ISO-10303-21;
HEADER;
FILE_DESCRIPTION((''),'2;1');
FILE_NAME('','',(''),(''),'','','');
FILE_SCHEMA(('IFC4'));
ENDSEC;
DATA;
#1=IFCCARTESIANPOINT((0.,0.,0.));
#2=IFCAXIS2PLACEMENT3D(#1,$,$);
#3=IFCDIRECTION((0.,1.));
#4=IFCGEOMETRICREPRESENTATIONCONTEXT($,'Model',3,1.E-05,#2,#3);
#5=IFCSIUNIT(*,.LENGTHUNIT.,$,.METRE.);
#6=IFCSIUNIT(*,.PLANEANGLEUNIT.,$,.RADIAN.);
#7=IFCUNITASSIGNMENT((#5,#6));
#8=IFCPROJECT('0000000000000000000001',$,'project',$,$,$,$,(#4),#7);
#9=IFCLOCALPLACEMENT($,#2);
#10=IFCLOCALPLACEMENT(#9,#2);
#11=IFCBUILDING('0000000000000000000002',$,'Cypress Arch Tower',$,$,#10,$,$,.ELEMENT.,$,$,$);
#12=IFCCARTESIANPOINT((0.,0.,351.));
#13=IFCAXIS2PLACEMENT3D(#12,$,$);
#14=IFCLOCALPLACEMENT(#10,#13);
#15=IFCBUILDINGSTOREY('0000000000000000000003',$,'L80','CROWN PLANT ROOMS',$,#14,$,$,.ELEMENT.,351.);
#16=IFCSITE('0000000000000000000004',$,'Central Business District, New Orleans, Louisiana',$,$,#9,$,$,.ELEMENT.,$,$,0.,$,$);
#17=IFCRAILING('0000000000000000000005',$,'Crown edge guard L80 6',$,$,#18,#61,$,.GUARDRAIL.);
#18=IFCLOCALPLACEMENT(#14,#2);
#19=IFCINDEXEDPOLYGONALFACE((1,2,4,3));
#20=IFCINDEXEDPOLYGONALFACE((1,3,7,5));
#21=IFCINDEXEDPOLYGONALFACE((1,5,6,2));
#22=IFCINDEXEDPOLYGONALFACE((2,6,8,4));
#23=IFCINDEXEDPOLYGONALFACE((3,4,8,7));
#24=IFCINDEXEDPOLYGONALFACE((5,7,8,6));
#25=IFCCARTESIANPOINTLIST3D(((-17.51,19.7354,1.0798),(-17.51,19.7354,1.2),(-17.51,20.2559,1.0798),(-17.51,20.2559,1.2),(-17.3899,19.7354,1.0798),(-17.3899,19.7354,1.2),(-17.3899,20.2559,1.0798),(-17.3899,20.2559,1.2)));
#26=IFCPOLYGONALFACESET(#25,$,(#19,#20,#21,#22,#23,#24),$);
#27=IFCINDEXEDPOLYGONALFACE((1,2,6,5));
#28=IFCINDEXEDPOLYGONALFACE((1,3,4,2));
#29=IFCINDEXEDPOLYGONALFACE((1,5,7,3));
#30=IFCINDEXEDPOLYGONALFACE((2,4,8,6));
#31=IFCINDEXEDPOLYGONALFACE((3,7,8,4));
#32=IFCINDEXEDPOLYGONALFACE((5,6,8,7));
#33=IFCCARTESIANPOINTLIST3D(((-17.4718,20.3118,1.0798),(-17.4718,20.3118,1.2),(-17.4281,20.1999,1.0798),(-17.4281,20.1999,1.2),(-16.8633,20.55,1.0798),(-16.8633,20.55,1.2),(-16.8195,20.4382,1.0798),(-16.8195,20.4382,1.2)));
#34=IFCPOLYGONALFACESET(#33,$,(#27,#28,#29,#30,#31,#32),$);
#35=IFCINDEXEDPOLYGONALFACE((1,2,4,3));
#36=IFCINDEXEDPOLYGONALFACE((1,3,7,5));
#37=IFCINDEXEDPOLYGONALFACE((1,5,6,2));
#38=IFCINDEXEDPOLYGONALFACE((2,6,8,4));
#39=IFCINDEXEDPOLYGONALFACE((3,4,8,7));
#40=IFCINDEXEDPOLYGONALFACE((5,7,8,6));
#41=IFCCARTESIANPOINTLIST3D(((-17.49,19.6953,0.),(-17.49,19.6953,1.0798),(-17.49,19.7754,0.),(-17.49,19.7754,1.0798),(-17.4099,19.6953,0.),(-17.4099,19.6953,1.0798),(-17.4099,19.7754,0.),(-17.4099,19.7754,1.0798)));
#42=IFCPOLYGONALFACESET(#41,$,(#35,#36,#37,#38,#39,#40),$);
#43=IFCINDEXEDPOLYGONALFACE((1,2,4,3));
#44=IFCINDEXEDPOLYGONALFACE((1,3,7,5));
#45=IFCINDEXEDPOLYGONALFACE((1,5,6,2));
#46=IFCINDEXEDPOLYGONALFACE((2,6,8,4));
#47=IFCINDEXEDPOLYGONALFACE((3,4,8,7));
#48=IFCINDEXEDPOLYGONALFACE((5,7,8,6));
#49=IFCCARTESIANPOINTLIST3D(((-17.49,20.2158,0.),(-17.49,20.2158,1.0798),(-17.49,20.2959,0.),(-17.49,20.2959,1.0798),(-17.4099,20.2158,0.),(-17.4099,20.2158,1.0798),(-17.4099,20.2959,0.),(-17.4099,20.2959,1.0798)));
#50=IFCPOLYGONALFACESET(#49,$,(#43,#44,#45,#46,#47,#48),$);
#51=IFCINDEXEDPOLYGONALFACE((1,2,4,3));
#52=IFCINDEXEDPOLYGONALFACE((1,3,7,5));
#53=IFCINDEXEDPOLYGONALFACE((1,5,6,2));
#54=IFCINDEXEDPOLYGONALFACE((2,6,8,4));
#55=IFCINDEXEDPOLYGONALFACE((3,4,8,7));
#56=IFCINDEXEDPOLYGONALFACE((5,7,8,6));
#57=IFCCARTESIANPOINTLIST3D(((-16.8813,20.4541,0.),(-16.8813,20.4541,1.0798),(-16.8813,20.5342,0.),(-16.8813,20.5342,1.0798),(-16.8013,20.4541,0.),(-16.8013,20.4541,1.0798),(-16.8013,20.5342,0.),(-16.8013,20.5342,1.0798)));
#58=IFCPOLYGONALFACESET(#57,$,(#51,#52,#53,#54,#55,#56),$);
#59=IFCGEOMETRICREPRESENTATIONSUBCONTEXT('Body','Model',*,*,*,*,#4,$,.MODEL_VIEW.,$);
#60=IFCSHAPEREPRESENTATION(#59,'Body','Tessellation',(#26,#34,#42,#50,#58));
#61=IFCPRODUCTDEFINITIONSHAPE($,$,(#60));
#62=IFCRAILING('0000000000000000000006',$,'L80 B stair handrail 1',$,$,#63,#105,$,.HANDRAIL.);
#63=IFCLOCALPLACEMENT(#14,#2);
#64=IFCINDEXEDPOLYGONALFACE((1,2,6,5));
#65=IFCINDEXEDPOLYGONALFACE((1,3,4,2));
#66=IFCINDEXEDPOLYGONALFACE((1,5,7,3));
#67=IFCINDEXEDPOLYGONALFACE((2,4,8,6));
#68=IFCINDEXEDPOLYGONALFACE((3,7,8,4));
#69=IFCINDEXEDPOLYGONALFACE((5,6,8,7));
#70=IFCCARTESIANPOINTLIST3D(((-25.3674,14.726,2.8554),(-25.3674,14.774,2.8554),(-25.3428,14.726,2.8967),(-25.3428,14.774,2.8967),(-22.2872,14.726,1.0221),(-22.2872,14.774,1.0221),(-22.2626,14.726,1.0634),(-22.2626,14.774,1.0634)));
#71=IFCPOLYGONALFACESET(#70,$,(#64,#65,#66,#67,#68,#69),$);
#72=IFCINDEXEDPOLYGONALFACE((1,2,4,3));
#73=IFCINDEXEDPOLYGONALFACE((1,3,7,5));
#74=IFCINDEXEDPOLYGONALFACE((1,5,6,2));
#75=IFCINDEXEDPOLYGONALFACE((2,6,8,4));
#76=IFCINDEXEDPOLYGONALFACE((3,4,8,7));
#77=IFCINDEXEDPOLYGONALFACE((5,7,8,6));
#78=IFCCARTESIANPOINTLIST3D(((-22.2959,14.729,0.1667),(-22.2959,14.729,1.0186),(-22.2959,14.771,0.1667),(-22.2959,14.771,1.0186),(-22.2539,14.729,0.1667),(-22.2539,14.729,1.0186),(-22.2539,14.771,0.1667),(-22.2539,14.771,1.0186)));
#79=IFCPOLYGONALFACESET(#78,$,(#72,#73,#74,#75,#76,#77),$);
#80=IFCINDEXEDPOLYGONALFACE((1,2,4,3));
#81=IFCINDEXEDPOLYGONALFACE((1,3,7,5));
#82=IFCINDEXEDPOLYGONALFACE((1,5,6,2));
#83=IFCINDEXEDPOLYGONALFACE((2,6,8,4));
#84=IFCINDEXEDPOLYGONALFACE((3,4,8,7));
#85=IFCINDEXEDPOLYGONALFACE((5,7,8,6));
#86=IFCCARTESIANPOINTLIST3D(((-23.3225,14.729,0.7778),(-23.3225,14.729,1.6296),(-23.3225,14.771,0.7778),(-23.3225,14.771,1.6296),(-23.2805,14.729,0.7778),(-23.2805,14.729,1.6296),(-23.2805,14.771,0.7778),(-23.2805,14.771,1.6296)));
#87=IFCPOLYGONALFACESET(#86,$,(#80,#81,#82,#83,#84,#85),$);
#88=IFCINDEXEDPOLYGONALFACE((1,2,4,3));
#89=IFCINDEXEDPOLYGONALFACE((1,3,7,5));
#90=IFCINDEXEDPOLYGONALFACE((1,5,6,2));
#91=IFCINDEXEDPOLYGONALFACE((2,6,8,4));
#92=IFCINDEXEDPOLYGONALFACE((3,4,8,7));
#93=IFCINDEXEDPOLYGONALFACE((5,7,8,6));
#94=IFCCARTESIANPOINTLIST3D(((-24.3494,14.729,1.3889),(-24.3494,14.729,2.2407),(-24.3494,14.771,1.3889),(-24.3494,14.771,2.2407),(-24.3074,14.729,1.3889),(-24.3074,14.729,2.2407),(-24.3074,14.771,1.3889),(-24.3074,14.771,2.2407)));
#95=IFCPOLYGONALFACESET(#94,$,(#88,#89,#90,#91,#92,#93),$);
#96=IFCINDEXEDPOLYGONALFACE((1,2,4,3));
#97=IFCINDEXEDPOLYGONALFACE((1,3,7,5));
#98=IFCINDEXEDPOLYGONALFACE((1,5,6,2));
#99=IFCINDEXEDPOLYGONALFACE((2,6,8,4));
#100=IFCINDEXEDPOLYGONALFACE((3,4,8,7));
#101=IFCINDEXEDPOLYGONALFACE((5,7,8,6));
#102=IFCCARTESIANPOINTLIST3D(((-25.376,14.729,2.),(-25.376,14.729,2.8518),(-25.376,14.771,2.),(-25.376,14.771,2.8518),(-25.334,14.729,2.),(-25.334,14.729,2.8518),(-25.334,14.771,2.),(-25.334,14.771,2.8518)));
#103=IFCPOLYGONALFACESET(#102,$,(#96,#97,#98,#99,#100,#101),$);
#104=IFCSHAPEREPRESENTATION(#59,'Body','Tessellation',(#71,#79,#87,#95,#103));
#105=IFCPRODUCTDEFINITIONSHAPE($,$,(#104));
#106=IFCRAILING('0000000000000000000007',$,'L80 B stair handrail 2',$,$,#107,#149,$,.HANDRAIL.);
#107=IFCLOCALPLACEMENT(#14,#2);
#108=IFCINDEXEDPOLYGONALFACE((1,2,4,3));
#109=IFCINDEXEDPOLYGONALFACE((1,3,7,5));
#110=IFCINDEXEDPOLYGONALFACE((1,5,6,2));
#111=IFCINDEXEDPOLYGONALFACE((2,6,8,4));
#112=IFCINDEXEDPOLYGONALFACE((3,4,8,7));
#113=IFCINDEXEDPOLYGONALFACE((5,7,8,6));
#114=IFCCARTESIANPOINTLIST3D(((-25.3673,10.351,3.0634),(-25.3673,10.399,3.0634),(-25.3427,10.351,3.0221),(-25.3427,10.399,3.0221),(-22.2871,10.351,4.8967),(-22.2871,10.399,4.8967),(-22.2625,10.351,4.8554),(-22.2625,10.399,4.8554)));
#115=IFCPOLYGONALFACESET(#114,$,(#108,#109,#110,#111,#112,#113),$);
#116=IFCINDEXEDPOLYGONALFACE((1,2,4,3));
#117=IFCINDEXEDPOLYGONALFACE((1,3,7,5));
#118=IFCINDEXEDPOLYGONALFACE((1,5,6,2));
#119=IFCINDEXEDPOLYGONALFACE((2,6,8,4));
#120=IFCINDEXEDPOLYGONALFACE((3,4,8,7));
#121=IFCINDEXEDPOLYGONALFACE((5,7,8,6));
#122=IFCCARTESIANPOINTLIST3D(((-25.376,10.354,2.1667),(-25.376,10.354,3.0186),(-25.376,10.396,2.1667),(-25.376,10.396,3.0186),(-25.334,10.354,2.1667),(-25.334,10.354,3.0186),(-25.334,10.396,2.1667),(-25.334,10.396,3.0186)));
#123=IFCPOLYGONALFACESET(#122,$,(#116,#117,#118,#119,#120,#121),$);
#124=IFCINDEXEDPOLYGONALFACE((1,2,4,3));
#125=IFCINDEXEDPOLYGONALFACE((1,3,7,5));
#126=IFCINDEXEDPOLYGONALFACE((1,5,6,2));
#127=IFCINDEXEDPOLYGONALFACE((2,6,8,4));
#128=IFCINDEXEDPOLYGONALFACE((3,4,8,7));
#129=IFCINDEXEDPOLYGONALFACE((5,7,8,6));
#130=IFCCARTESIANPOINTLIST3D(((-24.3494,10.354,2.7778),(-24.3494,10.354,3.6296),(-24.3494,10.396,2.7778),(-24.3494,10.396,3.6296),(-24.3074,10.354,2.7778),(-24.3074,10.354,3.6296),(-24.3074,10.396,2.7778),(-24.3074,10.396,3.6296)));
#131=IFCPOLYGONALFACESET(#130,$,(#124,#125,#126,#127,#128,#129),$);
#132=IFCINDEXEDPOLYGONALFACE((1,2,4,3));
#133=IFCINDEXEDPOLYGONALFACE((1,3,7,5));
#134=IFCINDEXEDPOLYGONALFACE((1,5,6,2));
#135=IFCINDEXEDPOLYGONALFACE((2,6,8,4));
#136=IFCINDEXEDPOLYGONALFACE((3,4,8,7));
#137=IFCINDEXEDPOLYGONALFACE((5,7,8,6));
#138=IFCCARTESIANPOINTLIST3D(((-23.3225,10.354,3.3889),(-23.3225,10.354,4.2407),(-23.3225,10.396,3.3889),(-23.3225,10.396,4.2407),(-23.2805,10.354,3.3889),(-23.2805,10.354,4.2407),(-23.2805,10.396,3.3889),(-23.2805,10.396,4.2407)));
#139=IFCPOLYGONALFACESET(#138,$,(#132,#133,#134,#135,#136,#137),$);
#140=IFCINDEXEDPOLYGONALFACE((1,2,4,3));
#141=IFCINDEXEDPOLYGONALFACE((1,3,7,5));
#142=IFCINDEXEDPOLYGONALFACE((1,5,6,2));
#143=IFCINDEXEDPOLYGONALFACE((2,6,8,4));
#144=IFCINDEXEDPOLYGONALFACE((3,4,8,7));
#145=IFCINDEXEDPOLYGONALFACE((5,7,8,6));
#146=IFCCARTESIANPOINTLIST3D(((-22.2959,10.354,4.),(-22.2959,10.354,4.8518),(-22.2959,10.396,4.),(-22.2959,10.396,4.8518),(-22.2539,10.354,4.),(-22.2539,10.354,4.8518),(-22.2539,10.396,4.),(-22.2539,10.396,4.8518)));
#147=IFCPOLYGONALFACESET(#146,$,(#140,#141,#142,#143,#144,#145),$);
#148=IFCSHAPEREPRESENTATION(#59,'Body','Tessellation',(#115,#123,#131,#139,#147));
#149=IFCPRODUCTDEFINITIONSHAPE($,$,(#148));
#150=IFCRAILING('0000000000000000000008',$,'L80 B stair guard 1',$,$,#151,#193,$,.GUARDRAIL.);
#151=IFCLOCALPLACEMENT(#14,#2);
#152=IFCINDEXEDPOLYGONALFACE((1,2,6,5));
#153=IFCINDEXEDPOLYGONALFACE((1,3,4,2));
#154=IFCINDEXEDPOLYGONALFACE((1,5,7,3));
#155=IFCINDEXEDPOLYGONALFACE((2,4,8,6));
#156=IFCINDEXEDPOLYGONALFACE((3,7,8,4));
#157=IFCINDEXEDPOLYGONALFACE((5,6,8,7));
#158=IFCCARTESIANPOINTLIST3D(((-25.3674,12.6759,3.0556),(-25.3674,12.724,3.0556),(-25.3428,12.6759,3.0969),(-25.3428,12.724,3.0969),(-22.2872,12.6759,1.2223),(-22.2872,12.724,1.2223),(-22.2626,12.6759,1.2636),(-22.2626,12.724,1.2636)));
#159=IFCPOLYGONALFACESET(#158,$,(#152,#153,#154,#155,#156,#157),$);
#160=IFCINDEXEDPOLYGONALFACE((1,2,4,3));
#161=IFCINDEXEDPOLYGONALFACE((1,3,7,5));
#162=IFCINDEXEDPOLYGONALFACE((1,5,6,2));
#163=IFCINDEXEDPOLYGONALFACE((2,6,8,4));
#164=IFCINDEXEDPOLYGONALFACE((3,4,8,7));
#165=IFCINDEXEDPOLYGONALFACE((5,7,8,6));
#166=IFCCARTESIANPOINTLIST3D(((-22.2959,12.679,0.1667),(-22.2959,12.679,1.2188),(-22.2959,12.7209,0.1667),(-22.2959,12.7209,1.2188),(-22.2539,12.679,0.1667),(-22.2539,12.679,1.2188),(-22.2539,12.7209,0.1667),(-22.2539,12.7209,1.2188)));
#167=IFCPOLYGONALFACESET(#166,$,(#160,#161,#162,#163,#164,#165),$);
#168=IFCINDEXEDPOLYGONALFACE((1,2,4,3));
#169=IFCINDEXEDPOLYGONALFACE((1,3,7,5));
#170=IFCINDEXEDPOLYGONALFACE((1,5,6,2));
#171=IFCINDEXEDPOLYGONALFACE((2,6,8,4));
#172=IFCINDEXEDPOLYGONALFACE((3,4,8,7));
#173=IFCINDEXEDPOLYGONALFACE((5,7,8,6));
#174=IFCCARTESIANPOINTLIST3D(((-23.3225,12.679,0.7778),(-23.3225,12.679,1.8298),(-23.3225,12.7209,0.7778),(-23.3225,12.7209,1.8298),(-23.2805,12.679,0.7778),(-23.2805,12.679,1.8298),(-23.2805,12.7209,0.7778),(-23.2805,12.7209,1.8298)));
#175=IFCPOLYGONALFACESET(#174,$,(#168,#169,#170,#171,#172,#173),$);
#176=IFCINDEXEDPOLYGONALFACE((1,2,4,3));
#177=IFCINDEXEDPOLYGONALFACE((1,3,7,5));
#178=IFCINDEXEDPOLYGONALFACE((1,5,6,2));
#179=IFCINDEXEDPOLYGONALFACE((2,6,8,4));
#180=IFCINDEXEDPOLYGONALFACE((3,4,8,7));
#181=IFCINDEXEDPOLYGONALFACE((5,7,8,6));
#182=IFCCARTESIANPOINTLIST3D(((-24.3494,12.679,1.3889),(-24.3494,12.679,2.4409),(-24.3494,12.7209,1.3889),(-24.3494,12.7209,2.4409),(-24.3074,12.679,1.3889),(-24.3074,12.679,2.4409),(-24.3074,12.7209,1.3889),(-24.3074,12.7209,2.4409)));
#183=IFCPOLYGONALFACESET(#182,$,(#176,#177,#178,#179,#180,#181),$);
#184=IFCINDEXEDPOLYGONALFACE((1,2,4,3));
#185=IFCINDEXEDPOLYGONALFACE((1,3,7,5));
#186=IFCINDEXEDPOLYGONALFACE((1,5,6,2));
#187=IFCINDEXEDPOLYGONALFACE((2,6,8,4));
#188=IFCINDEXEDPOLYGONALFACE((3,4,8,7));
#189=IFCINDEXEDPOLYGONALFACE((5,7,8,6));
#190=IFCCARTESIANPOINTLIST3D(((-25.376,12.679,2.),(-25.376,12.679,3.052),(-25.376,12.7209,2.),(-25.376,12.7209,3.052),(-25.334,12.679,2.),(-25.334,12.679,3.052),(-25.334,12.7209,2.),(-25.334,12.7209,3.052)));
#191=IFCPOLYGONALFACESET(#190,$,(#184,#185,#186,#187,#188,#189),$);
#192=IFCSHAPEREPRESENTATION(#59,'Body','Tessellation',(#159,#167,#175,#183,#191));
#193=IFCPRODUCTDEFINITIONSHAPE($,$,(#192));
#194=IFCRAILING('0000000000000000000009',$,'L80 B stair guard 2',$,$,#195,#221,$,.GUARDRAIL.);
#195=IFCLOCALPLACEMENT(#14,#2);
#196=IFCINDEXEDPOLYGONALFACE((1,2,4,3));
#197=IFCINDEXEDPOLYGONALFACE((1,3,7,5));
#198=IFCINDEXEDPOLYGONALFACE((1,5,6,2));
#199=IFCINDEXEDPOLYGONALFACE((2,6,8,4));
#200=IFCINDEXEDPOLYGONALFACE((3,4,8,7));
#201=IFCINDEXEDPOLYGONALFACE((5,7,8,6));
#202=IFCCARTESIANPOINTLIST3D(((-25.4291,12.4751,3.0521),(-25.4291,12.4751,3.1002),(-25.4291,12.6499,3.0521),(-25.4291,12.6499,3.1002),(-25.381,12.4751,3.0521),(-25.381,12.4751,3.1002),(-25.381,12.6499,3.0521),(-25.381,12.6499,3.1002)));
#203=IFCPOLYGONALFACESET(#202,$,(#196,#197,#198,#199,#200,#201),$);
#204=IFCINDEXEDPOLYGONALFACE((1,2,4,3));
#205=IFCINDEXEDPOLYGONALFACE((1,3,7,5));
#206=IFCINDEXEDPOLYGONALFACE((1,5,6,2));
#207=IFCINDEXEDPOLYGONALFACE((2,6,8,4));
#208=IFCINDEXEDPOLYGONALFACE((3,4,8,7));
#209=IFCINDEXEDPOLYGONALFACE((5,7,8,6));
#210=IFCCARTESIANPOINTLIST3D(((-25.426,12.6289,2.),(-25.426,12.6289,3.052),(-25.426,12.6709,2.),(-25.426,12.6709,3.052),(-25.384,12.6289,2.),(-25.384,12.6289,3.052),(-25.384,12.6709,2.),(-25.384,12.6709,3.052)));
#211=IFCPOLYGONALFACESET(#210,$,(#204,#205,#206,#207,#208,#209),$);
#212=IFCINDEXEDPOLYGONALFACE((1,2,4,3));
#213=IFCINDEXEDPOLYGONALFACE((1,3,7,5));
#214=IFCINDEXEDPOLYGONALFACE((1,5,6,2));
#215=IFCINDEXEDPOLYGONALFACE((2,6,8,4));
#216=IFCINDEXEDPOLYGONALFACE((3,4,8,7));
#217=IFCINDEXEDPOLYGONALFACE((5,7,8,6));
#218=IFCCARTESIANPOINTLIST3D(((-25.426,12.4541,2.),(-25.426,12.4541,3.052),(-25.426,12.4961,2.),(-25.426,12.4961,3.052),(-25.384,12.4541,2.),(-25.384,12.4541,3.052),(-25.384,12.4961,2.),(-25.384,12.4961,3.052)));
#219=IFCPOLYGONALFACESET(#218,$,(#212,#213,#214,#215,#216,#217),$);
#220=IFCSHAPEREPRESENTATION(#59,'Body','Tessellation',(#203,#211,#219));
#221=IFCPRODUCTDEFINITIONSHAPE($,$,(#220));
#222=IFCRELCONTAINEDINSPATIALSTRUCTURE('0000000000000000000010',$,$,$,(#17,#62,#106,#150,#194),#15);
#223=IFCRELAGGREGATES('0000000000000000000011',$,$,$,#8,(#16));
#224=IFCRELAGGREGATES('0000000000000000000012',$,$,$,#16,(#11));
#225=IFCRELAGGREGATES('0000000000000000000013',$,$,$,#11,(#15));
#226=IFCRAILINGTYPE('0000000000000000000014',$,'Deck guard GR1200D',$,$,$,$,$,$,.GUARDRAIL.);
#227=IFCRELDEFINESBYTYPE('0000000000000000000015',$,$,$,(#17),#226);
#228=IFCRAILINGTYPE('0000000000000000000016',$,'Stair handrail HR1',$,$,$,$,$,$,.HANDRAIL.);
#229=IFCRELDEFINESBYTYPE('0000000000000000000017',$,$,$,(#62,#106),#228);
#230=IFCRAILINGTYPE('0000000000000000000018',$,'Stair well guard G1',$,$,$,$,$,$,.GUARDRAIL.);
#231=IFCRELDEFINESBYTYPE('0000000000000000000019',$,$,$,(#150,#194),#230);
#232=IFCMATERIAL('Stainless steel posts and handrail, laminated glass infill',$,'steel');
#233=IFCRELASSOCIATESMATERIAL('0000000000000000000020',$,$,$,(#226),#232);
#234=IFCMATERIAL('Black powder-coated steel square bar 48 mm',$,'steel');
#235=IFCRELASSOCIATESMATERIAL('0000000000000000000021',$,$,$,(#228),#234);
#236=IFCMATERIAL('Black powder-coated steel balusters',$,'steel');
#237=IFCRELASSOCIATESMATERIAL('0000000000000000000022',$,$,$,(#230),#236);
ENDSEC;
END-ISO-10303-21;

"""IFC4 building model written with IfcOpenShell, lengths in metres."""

from ifc_helpers import new_model, si_unit, direction, frame, origin, origin_2d, place, context, subcontext, project, spatial, rectangle, extrude, material, type_object, element, save


model = new_model("IFC4")

# Units and contexts
model_context = context("Model", 3, precision=1e-05, world=origin(), true_north=direction((0.0, 1.0)))
body_context = subcontext(model_context, "Body", "Model", "MODEL_VIEW")
ifc_project = project(units=[si_unit("LENGTHUNIT", "METRE"), si_unit("PLANEANGLEUNIT", "RADIAN")], contexts=[model_context])

# Site, building, storey
site_placement = place(None, origin())
site = spatial("IfcSite", under=ifc_project, at=site_placement, Name="Central Business District, New Orleans, Louisiana", CompositionType="ELEMENT", RefElevation=0.0)
building_placement = place(site_placement, origin())
building = spatial("IfcBuilding", under=site, at=building_placement, Name="Cypress Arch Tower", CompositionType="ELEMENT")
storey_placement = place(building_placement, frame((0.0, 0.0, 351.0)))
storey = spatial("IfcBuildingStorey", under=building, at=storey_placement, Name="L80", Description="CROWN PLANT ROOMS", CompositionType="ELEMENT", Elevation=351.0)

# Railings
ifc_material_1 = material(Name="Stainless steel posts and handrail, laminated glass infill", Category="steel")
railing_type_1 = type_object("IfcRailingType", Name="Deck guard GR1200D", PredefinedType="GUARDRAIL", material=ifc_material_1)
railing_1_placement = place(storey_placement, frame((-17.45, 19.7354, 0.0)))
element("IfcRailing", 1, at=railing_1_placement, inside=storey, type_object=railing_type_1, Name="Crown edge guard L80 6", PredefinedType="GUARDRAIL", context=body_context, shape_type="SweptSolid", body=[
    extrude(rectangle(XDim=0.1201, YDim=0.1201, at=origin_2d()), frame((0.0, 0.0, 1.1399), z_axis=(0.0, 1.0, 0.0), x_axis=(-1.0, 0.0, 0.0)), (0.0, 0.0, 1.0), 0.5205),
    extrude(rectangle(XDim=0.1201, YDim=0.1201, at=origin_2d()), frame((0.0, 0.5205, 1.1399), z_axis=(0.931182, 0.364554, 0.0), x_axis=(-0.364554, 0.931182, 0.0)), (0.0, 0.0, 1.0), 0.6536),
    extrude(rectangle(XDim=0.0801, YDim=0.0801, at=origin_2d()), origin(), (0.0, 0.0, 1.0), 1.0798),
    extrude(rectangle(XDim=0.0801, YDim=0.0801, at=origin_2d()), frame((0.0, 0.5205, 0.0)), (0.0, 0.0, 1.0), 1.0798),
    extrude(rectangle(XDim=0.0801, YDim=0.0801, at=origin_2d()), frame((0.6086, 0.7588, 0.0)), (0.0, 0.0, 1.0), 1.0798),
])
ifc_material_2 = material(Name="Black powder-coated steel square bar 48 mm", Category="steel")
railing_type_2 = type_object("IfcRailingType", Name="Stair handrail HR1", PredefinedType="HANDRAIL", material=ifc_material_2)
railing_2_placement = place(storey_placement, frame((-22.2749, 14.75, 0.1667)))
element("IfcRailing", 2, at=railing_2_placement, inside=storey, type_object=railing_type_2, Name="L80 B stair handrail 1", PredefinedType="HANDRAIL", context=body_context, shape_type="SweptSolid", body=[
    extrude(rectangle(XDim=0.0481, YDim=0.0481, at=origin_2d()), frame((0.0, 0.0, 0.876), z_axis=(-0.859309, 0.0, 0.511458), x_axis=(0.0, -1.0, 0.0)), (0.0, 0.0, 1.0), 3.5845),
    extrude(rectangle(XDim=0.042, YDim=0.042, at=origin_2d()), origin(), (0.0, 0.0, 1.0), 0.8518),
    extrude(rectangle(XDim=0.042, YDim=0.042, at=origin_2d()), frame((-1.0266, 0.0, 0.6111)), (0.0, 0.0, 1.0), 0.8518),
    extrude(rectangle(XDim=0.042, YDim=0.042, at=origin_2d()), frame((-2.0535, 0.0, 1.2222)), (0.0, 0.0, 1.0), 0.8518),
    extrude(rectangle(XDim=0.042, YDim=0.042, at=origin_2d()), frame((-3.0801, 0.0, 1.8333)), (0.0, 0.0, 1.0), 0.8518),
])
railing_3_placement = place(storey_placement, frame((-25.355, 10.375, 2.1667)))
element("IfcRailing", 3, at=railing_3_placement, inside=storey, type_object=railing_type_2, Name="L80 B stair handrail 2", PredefinedType="HANDRAIL", context=body_context, shape_type="SweptSolid", body=[
    extrude(rectangle(XDim=0.0481, YDim=0.0481, at=origin_2d()), frame((0.0, 0.0, 0.876), z_axis=(0.859309, 0.0, 0.511458), x_axis=(0.0, 1.0, 0.0)), (0.0, 0.0, 1.0), 3.5845),
    extrude(rectangle(XDim=0.042, YDim=0.042, at=origin_2d()), origin(), (0.0, 0.0, 1.0), 0.8518),
    extrude(rectangle(XDim=0.042, YDim=0.042, at=origin_2d()), frame((1.0266, 0.0, 0.6111)), (0.0, 0.0, 1.0), 0.8518),
    extrude(rectangle(XDim=0.042, YDim=0.042, at=origin_2d()), frame((2.0535, 0.0, 1.2222)), (0.0, 0.0, 1.0), 0.8518),
    extrude(rectangle(XDim=0.042, YDim=0.042, at=origin_2d()), frame((3.0801, 0.0, 1.8333)), (0.0, 0.0, 1.0), 0.8518),
])
ifc_material_3 = material(Name="Black powder-coated steel balusters", Category="steel")
railing_type_3 = type_object("IfcRailingType", Name="Stair well guard G1", PredefinedType="GUARDRAIL", material=ifc_material_3)
railing_4_placement = place(storey_placement, frame((-22.2749, 12.7, 0.1667)))
element("IfcRailing", 4, at=railing_4_placement, inside=storey, type_object=railing_type_3, Name="L80 B stair guard 1", PredefinedType="GUARDRAIL", context=body_context, shape_type="SweptSolid", body=[
    extrude(rectangle(XDim=0.0481, YDim=0.0481, at=origin_2d()), frame((0.0, 0.0, 1.0762), z_axis=(-0.859309, 0.0, 0.511458), x_axis=(0.0, -1.0, 0.0)), (0.0, 0.0, 1.0), 3.5845),
    extrude(rectangle(XDim=0.042, YDim=0.042, at=origin_2d()), origin(), (0.0, 0.0, 1.0), 1.052),
    extrude(rectangle(XDim=0.042, YDim=0.042, at=origin_2d()), frame((-1.0266, 0.0, 0.6111)), (0.0, 0.0, 1.0), 1.052),
    extrude(rectangle(XDim=0.042, YDim=0.042, at=origin_2d()), frame((-2.0535, 0.0, 1.2222)), (0.0, 0.0, 1.0), 1.052),
    extrude(rectangle(XDim=0.042, YDim=0.042, at=origin_2d()), frame((-3.0801, 0.0, 1.8333)), (0.0, 0.0, 1.0), 1.052),
])
railing_5_placement = place(storey_placement, frame((-25.405, 12.6499, 2.0)))
element("IfcRailing", 5, at=railing_5_placement, inside=storey, type_object=railing_type_3, Name="L80 B stair guard 2", PredefinedType="GUARDRAIL", context=body_context, shape_type="SweptSolid", body=[
    extrude(rectangle(XDim=0.0481, YDim=0.0481, at=origin_2d()), frame((0.0, 0.0, 1.0762), z_axis=(0.0, -1.0, 0.0), x_axis=(1.0, 0.0, 0.0)), (0.0, 0.0, 1.0), 0.1748),
    extrude(rectangle(XDim=0.042, YDim=0.042, at=origin_2d()), origin(), (0.0, 0.0, 1.0), 1.052),
    extrude(rectangle(XDim=0.042, YDim=0.042, at=origin_2d()), frame((0.0, -0.1748, 0.0)), (0.0, 0.0, 1.0), 1.052),
])

save(model, "model.ifc")
